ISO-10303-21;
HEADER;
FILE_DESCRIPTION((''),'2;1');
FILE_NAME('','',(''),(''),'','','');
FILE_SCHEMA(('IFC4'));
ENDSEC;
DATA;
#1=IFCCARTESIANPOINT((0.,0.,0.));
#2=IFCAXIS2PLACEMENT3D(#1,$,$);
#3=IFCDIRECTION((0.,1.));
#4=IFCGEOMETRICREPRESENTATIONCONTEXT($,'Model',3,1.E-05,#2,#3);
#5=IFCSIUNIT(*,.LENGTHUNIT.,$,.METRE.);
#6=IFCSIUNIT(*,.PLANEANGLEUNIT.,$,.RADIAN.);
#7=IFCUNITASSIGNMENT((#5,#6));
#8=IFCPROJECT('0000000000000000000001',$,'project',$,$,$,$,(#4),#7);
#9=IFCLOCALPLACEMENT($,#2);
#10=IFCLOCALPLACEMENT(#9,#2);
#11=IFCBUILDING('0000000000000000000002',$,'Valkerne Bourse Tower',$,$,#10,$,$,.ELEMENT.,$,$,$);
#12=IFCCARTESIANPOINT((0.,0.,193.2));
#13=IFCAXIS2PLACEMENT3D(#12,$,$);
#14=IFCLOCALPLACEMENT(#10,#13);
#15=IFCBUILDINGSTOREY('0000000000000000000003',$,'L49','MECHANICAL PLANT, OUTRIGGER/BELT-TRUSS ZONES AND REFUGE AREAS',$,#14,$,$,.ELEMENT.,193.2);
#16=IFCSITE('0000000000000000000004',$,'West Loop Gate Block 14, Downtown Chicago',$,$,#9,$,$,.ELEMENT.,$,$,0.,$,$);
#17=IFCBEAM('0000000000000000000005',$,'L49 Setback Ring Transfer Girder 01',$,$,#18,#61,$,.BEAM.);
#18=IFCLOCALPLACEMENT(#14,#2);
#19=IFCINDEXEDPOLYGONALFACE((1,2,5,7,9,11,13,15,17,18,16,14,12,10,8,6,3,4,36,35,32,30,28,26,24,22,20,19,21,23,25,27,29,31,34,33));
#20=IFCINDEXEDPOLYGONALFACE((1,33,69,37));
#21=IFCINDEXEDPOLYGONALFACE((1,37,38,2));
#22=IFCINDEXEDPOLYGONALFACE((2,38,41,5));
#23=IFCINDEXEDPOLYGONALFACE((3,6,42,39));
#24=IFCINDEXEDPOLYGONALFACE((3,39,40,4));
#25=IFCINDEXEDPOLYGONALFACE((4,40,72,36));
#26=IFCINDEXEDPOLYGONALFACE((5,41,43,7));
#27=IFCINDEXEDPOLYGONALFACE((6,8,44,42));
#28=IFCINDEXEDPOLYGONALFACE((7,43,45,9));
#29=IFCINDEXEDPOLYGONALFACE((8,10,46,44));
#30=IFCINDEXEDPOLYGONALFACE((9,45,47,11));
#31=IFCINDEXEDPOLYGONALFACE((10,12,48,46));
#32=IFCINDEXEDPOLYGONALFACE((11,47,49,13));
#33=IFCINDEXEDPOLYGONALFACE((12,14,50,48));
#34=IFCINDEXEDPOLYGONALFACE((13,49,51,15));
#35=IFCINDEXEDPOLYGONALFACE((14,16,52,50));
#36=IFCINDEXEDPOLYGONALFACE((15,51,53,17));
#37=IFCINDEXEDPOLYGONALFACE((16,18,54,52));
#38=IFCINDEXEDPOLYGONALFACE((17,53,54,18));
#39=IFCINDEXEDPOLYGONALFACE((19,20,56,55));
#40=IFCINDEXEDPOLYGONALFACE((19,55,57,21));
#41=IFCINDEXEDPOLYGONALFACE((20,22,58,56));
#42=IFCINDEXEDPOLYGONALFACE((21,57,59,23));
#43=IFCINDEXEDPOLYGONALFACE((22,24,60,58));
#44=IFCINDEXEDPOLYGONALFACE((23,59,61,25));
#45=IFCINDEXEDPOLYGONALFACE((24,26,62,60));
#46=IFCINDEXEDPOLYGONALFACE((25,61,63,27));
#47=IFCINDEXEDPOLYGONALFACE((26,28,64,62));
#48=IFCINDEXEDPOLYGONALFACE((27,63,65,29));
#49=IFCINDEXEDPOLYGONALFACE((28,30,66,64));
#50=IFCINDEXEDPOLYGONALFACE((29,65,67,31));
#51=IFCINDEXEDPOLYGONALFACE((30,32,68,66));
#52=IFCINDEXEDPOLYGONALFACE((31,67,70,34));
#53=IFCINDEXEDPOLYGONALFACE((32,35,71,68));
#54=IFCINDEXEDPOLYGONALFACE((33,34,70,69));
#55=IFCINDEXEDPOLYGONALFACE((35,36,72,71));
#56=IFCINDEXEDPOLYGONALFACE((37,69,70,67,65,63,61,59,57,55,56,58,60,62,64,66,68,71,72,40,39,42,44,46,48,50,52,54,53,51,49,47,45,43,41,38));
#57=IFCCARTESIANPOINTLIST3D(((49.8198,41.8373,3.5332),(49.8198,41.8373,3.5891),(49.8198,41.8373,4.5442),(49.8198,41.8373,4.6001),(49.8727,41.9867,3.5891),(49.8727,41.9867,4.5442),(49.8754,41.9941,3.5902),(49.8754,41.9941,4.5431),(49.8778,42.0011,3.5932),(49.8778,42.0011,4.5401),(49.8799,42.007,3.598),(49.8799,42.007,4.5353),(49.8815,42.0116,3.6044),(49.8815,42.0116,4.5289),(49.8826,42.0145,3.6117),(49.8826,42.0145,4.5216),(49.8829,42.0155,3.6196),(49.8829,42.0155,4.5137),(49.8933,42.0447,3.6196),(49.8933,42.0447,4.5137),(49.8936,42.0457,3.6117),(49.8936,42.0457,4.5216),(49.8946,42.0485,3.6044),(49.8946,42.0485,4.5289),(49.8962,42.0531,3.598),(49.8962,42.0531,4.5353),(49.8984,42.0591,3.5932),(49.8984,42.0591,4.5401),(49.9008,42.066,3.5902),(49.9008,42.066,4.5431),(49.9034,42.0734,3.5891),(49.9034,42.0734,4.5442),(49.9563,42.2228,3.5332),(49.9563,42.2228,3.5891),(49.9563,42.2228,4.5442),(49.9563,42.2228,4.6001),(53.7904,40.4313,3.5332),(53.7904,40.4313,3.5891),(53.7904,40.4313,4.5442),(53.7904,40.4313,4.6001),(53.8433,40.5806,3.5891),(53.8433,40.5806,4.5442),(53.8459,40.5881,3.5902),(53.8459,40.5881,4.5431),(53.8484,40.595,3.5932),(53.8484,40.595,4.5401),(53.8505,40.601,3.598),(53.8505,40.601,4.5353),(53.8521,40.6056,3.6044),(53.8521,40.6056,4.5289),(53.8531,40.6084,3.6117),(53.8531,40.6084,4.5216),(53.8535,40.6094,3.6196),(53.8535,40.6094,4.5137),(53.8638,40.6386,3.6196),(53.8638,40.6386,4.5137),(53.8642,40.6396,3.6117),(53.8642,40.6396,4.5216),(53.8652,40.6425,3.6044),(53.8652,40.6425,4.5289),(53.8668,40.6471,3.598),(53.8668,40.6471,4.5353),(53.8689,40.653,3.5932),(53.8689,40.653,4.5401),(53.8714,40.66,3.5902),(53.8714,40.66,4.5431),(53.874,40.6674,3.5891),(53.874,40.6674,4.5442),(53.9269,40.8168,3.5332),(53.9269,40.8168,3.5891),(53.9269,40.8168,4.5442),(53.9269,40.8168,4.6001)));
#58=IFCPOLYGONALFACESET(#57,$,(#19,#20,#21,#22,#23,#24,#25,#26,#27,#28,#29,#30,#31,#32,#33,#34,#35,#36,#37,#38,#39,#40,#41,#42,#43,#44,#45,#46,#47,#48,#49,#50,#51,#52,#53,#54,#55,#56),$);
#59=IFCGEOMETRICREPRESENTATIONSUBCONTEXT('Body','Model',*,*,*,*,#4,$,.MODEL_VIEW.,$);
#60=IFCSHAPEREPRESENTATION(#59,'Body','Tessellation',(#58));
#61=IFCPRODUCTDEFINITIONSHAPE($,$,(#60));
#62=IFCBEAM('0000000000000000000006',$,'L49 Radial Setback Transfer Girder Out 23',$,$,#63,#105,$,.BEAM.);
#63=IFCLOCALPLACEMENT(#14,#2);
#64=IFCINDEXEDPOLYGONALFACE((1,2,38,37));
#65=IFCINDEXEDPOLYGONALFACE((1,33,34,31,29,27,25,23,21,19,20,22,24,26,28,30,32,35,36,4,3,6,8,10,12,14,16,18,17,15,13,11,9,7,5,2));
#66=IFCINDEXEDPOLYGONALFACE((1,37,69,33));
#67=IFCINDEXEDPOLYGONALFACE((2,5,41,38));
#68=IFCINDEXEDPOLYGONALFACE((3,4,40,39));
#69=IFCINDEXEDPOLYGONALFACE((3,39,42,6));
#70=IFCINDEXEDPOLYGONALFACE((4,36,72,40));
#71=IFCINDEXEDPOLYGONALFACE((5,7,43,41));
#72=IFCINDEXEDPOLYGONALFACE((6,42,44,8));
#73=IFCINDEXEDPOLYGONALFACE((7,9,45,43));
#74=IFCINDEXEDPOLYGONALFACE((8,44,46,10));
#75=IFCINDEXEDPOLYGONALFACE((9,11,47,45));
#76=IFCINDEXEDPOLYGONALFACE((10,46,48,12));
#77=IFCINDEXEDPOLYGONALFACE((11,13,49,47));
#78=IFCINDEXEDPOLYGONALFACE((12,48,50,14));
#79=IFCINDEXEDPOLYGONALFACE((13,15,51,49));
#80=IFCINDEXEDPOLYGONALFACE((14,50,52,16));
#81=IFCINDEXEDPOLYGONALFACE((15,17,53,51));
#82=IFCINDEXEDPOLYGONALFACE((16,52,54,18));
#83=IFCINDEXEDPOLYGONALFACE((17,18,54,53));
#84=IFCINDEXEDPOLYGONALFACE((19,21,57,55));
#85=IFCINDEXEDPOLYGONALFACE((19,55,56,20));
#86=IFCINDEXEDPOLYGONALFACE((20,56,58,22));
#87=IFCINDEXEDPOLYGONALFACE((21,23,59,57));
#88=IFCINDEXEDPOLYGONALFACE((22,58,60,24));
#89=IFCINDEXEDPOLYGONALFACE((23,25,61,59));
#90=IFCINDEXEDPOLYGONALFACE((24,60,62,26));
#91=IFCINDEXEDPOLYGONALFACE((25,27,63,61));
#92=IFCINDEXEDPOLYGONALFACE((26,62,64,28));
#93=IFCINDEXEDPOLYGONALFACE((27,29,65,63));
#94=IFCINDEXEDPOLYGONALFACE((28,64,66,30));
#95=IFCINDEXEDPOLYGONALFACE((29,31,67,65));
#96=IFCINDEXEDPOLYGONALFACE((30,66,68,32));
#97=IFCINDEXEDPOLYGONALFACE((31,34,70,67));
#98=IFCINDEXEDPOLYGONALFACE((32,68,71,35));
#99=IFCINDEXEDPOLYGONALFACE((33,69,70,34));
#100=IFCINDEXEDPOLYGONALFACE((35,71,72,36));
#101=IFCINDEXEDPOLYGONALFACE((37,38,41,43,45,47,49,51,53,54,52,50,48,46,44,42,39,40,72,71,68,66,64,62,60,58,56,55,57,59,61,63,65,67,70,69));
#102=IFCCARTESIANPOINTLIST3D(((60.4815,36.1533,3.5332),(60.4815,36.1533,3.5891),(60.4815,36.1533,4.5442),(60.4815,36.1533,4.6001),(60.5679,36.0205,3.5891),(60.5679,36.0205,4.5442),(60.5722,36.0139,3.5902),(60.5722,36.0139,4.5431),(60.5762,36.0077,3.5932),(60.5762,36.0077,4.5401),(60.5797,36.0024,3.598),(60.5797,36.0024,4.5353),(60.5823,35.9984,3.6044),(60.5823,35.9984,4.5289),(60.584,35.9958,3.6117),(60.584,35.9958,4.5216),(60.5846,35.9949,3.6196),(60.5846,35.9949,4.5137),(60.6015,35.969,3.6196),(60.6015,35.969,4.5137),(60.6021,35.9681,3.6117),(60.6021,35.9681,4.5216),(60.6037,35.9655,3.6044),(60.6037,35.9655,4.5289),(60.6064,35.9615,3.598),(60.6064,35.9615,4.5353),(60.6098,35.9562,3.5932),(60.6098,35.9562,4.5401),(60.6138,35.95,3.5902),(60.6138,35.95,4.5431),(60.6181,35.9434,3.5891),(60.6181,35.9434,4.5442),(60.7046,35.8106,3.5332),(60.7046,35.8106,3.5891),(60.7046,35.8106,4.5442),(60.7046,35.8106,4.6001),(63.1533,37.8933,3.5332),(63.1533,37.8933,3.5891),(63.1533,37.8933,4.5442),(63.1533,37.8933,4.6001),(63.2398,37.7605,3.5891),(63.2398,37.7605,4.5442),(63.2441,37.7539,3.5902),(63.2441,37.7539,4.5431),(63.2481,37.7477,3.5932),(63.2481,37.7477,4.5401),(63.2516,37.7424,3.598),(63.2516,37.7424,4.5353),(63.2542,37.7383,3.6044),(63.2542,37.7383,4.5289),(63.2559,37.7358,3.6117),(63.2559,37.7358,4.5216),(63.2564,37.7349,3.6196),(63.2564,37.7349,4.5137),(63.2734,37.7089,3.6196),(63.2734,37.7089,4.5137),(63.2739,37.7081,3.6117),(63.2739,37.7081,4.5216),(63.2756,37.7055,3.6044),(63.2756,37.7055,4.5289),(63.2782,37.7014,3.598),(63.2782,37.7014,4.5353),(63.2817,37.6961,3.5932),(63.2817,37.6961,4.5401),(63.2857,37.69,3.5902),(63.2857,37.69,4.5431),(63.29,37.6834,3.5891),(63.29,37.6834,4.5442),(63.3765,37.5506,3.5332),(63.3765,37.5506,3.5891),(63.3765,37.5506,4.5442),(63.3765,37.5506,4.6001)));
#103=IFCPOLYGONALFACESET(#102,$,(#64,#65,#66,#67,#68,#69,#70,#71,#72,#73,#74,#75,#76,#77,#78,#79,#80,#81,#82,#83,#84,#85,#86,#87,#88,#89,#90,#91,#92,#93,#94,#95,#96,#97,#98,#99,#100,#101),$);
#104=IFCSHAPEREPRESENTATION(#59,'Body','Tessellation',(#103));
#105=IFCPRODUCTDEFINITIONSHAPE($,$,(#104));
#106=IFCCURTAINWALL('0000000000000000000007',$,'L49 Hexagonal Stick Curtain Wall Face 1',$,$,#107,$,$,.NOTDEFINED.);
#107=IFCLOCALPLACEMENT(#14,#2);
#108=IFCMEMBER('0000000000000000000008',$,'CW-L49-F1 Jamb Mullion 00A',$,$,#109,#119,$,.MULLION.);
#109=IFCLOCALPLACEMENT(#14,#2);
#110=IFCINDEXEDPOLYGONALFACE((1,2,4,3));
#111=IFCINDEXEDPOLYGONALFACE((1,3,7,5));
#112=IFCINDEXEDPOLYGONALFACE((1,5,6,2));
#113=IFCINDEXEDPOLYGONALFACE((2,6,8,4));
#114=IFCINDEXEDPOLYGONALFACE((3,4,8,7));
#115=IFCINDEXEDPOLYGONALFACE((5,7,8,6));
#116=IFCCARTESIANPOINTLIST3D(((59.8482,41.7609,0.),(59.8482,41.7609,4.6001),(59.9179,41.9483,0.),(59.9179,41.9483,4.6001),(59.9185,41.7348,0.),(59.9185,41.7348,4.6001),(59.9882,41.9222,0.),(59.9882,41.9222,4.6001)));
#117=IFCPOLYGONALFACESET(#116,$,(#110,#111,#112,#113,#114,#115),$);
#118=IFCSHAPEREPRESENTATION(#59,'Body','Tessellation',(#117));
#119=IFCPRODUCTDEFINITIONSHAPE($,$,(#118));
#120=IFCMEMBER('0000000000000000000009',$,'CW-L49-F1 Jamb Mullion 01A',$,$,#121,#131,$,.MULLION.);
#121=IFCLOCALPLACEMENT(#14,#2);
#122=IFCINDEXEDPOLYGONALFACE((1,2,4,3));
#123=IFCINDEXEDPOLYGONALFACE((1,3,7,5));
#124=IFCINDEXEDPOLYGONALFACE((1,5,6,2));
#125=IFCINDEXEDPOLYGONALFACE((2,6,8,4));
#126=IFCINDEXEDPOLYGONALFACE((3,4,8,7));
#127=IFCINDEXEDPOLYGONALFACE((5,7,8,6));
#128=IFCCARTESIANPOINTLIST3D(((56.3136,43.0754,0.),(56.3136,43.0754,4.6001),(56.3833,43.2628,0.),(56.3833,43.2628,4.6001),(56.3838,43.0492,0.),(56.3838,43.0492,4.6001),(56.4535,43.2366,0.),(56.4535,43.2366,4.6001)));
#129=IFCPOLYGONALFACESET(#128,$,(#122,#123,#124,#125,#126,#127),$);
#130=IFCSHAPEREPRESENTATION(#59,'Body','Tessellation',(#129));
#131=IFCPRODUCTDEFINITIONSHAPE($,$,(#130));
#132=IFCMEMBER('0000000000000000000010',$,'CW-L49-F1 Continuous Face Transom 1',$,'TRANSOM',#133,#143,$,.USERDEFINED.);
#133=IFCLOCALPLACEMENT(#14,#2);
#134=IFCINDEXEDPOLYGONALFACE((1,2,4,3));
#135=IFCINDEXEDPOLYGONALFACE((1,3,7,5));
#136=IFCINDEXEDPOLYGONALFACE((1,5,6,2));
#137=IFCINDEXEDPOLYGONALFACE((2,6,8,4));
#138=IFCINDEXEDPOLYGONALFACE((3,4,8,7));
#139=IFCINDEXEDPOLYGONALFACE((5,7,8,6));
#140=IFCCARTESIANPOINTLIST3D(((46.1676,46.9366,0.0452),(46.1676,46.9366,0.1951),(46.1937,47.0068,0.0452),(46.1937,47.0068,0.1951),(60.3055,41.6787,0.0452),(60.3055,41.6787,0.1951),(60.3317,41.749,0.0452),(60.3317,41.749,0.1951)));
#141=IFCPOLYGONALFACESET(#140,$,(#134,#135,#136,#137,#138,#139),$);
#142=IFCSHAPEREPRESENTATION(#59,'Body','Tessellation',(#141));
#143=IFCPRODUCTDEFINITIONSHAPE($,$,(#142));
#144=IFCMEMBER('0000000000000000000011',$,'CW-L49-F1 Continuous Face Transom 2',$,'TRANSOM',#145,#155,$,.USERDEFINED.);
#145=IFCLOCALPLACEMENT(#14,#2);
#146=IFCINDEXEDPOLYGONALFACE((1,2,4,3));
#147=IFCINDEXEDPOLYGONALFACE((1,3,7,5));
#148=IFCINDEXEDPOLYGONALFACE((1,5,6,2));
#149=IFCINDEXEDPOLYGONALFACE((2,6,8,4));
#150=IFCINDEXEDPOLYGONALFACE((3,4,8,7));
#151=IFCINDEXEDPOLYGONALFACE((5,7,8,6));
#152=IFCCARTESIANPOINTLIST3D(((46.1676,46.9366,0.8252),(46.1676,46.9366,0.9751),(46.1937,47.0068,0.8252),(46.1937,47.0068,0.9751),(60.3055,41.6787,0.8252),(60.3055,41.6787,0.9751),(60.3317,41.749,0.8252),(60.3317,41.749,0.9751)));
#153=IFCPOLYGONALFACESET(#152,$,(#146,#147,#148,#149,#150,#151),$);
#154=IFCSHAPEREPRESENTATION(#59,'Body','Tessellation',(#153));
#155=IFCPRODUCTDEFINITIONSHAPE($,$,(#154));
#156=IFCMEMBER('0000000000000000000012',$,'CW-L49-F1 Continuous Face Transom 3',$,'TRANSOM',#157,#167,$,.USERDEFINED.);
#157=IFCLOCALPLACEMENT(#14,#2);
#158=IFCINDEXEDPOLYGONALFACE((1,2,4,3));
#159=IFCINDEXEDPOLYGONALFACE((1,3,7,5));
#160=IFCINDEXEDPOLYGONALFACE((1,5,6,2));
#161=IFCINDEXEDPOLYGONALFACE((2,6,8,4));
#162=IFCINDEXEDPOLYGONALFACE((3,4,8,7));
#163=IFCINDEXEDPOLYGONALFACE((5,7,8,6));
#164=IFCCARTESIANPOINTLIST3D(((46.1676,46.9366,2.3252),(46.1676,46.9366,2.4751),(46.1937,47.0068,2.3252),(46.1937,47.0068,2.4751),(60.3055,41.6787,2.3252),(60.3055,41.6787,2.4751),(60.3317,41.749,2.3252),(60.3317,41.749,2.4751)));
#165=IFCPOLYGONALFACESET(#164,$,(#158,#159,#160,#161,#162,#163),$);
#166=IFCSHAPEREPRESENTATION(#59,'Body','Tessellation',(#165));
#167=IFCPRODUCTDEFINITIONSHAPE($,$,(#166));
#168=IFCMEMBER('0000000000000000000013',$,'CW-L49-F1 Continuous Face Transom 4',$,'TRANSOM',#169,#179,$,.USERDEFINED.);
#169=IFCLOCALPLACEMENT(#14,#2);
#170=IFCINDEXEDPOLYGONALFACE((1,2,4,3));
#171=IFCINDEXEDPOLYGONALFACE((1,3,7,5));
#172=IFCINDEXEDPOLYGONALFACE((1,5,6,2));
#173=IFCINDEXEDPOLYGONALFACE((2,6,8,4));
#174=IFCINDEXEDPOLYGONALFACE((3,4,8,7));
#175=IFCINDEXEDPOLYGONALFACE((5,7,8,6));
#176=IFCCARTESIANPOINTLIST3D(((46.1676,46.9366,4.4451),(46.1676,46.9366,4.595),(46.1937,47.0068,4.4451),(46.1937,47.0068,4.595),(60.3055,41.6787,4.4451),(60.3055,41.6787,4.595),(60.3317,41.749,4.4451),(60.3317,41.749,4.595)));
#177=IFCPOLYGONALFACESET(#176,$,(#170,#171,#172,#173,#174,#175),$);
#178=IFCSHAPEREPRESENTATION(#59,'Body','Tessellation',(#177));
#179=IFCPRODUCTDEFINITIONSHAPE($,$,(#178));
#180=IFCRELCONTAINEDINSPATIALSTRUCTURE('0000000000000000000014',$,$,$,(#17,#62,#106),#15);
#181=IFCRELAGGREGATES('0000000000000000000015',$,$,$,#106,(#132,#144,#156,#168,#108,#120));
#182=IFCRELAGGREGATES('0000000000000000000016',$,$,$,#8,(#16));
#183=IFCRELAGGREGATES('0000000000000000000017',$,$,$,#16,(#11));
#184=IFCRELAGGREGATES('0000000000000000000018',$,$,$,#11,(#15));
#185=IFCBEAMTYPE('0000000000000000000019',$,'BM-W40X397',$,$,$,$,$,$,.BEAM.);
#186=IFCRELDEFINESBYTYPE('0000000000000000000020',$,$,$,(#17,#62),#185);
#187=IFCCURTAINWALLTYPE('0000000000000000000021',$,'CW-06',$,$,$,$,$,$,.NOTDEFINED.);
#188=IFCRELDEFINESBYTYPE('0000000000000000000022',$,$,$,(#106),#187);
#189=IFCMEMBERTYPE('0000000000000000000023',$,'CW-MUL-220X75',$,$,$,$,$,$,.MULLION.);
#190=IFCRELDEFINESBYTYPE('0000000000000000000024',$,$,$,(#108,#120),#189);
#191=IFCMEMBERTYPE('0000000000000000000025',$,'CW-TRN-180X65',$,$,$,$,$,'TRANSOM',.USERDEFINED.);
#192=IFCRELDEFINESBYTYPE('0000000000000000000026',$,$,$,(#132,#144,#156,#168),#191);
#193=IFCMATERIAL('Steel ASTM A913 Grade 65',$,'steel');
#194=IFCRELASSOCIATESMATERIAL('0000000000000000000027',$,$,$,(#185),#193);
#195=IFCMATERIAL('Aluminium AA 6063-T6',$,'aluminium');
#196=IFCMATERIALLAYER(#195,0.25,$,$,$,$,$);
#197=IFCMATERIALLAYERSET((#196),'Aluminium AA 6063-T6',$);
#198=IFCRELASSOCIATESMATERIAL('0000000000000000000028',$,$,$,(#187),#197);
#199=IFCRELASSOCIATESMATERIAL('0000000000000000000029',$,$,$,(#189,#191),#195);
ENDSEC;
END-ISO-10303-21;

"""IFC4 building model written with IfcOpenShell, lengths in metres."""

from ifc_helpers import new_model, si_unit, direction, frame, origin, origin_2d, place, context, subcontext, project, spatial, rectangle, i_section, extrude, material, layer, layer_set, material_profile, profile_set, type_object, element, aggregate, save


model = new_model("IFC4")

# Units and contexts
model_context = context("Model", 3, precision=1e-05, world=origin(), true_north=direction((0.0, 1.0)))
body_context = subcontext(model_context, "Body", "Model", "MODEL_VIEW")
ifc_project = project(units=[si_unit("LENGTHUNIT", "METRE"), si_unit("PLANEANGLEUNIT", "RADIAN")], contexts=[model_context])

# Site, building, storey
site_placement = place(None, origin())
site = spatial("IfcSite", under=ifc_project, at=site_placement, Name="West Loop Gate Block 14, Downtown Chicago", CompositionType="ELEMENT", RefElevation=0.0)
building_placement = place(site_placement, origin())
building = spatial("IfcBuilding", under=site, at=building_placement, Name="Valkerne Bourse Tower", CompositionType="ELEMENT")
storey_placement = place(building_placement, frame((0.0, 0.0, 193.2)))
storey = spatial("IfcBuildingStorey", under=building, at=storey_placement, Name="L49", Description="MECHANICAL PLANT, OUTRIGGER/BELT-TRUSS ZONES AND REFUGE AREAS", CompositionType="ELEMENT", Elevation=193.2)

# Shared definitions
ifc_material_1 = material(Name="Steel ASTM A913 Grade 65", Category="steel")

# Beams
ifc_material_profile_1 = material_profile(ifc_material_1, i_section(OverallWidth=0.4089, OverallDepth=1.0669, WebThickness=0.031, FlangeThickness=0.0559, FilletRadius=0.0305, at=origin_2d()), Name="W40X397")
ifc_profile_set_1 = profile_set([ifc_material_profile_1], Name="Steel ASTM A913 Grade 65")
beam_type_1 = type_object("IfcBeamType", Name="BM-W40X397", PredefinedType="BEAM", material=ifc_profile_set_1)
beam_1_placement = place(storey_placement, frame((53.8586, 40.624, 4.0667), z_axis=(-0.942642, 0.333805, 0.0), x_axis=(-0.333805, -0.942642, 0.0)))
element("IfcBeam", 1, at=beam_1_placement, inside=storey, type_object=beam_type_1, Name="L49 Setback Ring Transfer Girder 01", PredefinedType="BEAM", context=body_context, shape_type="SweptSolid", body=[
    extrude(i_section(OverallWidth=0.4089, OverallDepth=1.0669, WebThickness=0.031, FlangeThickness=0.0559, FilletRadius=0.0305, at=origin_2d()), origin(), (0.0, 0.0, 1.0), 4.2122),
])
beam_2_placement = place(storey_placement, frame((63.2649, 37.7219, 4.0667), z_axis=(-0.837974, -0.545709, 0.0), x_axis=(0.545709, -0.837974, 0.0)))
element("IfcBeam", 2, at=beam_2_placement, inside=storey, type_object=beam_type_1, Name="L49 Radial Setback Transfer Girder Out 23", PredefinedType="BEAM", context=body_context, shape_type="SweptSolid", body=[
    extrude(i_section(OverallWidth=0.4089, OverallDepth=1.0669, WebThickness=0.031, FlangeThickness=0.0559, FilletRadius=0.0305, at=origin_2d()), origin(), (0.0, 0.0, 1.0), 3.1885),
])

# Curtain wall, members
ifc_material_2 = material(Name="Aluminium AA 6063-T6", Category="aluminium")
ifc_layer_1 = layer(ifc_material_2, 0.25)
ifc_layer_set_1 = layer_set([ifc_layer_1], Name="Aluminium AA 6063-T6")
curtain_wall_type = type_object("IfcCurtainWallType", Name="CW-06", PredefinedType="NOTDEFINED", material=ifc_layer_set_1)
curtain_wall_placement = place(storey_placement, origin())
curtain_wall = element("IfcCurtainWall", 3, at=curtain_wall_placement, inside=storey, type_object=curtain_wall_type, Name="L49 Hexagonal Stick Curtain Wall Face 1", PredefinedType="NOTDEFINED")
ifc_material_profile_2 = material_profile(ifc_material_2, rectangle(XDim=0.075, YDim=0.2, at=origin_2d()), Name="CWM-75X200")
ifc_profile_set_2 = profile_set([ifc_material_profile_2], Name="Aluminium AA 6063-T6")
member_type_1 = type_object("IfcMemberType", Name="CW-MUL-220X75", PredefinedType="MULLION", material=ifc_profile_set_2)
member_1_placement = place(storey_placement, frame((59.9182, 41.8416, 0.0), z_axis=(0.0, 0.0, 1.0), x_axis=(-0.937279, 0.348579, 0.0)))
member_1 = element("IfcMember", 4, at=member_1_placement, type_object=member_type_1, Name="CW-L49-F1 Jamb Mullion 00A", PredefinedType="MULLION", context=body_context, shape_type="SweptSolid", body=[
    extrude(rectangle(XDim=0.075, YDim=0.2, at=origin_2d()), origin(), (0.0, 0.0, 1.0), 4.6001),
])
member_2_placement = place(storey_placement, frame((56.3835, 43.156, 0.0), z_axis=(0.0, 0.0, 1.0), x_axis=(-0.937288, 0.348556, 0.0)))
member_2 = element("IfcMember", 5, at=member_2_placement, type_object=member_type_1, Name="CW-L49-F1 Jamb Mullion 01A", PredefinedType="MULLION", context=body_context, shape_type="SweptSolid", body=[
    extrude(rectangle(XDim=0.075, YDim=0.2, at=origin_2d()), origin(), (0.0, 0.0, 1.0), 4.6001),
])
ifc_material_profile_3 = material_profile(ifc_material_2, rectangle(XDim=0.075, YDim=0.1499, at=origin_2d()), Name="CWT-75X150")
ifc_profile_set_3 = profile_set([ifc_material_profile_3], Name="Aluminium AA 6063-T6")
member_type_2 = type_object("IfcMemberType", Name="CW-TRN-180X65", ElementType="TRANSOM", PredefinedType="USERDEFINED", material=ifc_profile_set_3)
member_3_placement = place(storey_placement, frame((60.3186, 41.7139, 0.1201), z_axis=(-0.937283, 0.34857, 0.0), x_axis=(-0.34857, -0.937283, 0.0)))
member_3 = element("IfcMember", 6, at=member_3_placement, type_object=member_type_2, Name="CW-L49-F1 Continuous Face Transom 1", ObjectType="TRANSOM", PredefinedType="USERDEFINED", context=body_context, shape_type="SweptSolid", body=[
    extrude(rectangle(XDim=0.075, YDim=0.1499, at=origin_2d()), origin(), (0.0, 0.0, 1.0), 15.084),
])
member_4_placement = place(storey_placement, frame((60.3186, 41.7139, 0.9001), z_axis=(-0.937283, 0.34857, 0.0), x_axis=(-0.34857, -0.937283, 0.0)))
member_4 = element("IfcMember", 7, at=member_4_placement, type_object=member_type_2, Name="CW-L49-F1 Continuous Face Transom 2", ObjectType="TRANSOM", PredefinedType="USERDEFINED", context=body_context, shape_type="SweptSolid", body=[
    extrude(rectangle(XDim=0.075, YDim=0.1499, at=origin_2d()), origin(), (0.0, 0.0, 1.0), 15.084),
])
member_5_placement = place(storey_placement, frame((60.3186, 41.7139, 2.4001), z_axis=(-0.937283, 0.34857, 0.0), x_axis=(-0.34857, -0.937283, 0.0)))
member_5 = element("IfcMember", 8, at=member_5_placement, type_object=member_type_2, Name="CW-L49-F1 Continuous Face Transom 3", ObjectType="TRANSOM", PredefinedType="USERDEFINED", context=body_context, shape_type="SweptSolid", body=[
    extrude(rectangle(XDim=0.075, YDim=0.1499, at=origin_2d()), origin(), (0.0, 0.0, 1.0), 15.084),
])
member_6_placement = place(storey_placement, frame((60.3186, 41.7139, 4.52), z_axis=(-0.937283, 0.34857, 0.0), x_axis=(-0.34857, -0.937283, 0.0)))
member_6 = element("IfcMember", 9, at=member_6_placement, type_object=member_type_2, Name="CW-L49-F1 Continuous Face Transom 4", ObjectType="TRANSOM", PredefinedType="USERDEFINED", context=body_context, shape_type="SweptSolid", body=[
    extrude(rectangle(XDim=0.075, YDim=0.1499, at=origin_2d()), origin(), (0.0, 0.0, 1.0), 15.084),
])

aggregate(curtain_wall, [member_3, member_4, member_5, member_6, member_1, member_2])

save(model, "model.ifc")
